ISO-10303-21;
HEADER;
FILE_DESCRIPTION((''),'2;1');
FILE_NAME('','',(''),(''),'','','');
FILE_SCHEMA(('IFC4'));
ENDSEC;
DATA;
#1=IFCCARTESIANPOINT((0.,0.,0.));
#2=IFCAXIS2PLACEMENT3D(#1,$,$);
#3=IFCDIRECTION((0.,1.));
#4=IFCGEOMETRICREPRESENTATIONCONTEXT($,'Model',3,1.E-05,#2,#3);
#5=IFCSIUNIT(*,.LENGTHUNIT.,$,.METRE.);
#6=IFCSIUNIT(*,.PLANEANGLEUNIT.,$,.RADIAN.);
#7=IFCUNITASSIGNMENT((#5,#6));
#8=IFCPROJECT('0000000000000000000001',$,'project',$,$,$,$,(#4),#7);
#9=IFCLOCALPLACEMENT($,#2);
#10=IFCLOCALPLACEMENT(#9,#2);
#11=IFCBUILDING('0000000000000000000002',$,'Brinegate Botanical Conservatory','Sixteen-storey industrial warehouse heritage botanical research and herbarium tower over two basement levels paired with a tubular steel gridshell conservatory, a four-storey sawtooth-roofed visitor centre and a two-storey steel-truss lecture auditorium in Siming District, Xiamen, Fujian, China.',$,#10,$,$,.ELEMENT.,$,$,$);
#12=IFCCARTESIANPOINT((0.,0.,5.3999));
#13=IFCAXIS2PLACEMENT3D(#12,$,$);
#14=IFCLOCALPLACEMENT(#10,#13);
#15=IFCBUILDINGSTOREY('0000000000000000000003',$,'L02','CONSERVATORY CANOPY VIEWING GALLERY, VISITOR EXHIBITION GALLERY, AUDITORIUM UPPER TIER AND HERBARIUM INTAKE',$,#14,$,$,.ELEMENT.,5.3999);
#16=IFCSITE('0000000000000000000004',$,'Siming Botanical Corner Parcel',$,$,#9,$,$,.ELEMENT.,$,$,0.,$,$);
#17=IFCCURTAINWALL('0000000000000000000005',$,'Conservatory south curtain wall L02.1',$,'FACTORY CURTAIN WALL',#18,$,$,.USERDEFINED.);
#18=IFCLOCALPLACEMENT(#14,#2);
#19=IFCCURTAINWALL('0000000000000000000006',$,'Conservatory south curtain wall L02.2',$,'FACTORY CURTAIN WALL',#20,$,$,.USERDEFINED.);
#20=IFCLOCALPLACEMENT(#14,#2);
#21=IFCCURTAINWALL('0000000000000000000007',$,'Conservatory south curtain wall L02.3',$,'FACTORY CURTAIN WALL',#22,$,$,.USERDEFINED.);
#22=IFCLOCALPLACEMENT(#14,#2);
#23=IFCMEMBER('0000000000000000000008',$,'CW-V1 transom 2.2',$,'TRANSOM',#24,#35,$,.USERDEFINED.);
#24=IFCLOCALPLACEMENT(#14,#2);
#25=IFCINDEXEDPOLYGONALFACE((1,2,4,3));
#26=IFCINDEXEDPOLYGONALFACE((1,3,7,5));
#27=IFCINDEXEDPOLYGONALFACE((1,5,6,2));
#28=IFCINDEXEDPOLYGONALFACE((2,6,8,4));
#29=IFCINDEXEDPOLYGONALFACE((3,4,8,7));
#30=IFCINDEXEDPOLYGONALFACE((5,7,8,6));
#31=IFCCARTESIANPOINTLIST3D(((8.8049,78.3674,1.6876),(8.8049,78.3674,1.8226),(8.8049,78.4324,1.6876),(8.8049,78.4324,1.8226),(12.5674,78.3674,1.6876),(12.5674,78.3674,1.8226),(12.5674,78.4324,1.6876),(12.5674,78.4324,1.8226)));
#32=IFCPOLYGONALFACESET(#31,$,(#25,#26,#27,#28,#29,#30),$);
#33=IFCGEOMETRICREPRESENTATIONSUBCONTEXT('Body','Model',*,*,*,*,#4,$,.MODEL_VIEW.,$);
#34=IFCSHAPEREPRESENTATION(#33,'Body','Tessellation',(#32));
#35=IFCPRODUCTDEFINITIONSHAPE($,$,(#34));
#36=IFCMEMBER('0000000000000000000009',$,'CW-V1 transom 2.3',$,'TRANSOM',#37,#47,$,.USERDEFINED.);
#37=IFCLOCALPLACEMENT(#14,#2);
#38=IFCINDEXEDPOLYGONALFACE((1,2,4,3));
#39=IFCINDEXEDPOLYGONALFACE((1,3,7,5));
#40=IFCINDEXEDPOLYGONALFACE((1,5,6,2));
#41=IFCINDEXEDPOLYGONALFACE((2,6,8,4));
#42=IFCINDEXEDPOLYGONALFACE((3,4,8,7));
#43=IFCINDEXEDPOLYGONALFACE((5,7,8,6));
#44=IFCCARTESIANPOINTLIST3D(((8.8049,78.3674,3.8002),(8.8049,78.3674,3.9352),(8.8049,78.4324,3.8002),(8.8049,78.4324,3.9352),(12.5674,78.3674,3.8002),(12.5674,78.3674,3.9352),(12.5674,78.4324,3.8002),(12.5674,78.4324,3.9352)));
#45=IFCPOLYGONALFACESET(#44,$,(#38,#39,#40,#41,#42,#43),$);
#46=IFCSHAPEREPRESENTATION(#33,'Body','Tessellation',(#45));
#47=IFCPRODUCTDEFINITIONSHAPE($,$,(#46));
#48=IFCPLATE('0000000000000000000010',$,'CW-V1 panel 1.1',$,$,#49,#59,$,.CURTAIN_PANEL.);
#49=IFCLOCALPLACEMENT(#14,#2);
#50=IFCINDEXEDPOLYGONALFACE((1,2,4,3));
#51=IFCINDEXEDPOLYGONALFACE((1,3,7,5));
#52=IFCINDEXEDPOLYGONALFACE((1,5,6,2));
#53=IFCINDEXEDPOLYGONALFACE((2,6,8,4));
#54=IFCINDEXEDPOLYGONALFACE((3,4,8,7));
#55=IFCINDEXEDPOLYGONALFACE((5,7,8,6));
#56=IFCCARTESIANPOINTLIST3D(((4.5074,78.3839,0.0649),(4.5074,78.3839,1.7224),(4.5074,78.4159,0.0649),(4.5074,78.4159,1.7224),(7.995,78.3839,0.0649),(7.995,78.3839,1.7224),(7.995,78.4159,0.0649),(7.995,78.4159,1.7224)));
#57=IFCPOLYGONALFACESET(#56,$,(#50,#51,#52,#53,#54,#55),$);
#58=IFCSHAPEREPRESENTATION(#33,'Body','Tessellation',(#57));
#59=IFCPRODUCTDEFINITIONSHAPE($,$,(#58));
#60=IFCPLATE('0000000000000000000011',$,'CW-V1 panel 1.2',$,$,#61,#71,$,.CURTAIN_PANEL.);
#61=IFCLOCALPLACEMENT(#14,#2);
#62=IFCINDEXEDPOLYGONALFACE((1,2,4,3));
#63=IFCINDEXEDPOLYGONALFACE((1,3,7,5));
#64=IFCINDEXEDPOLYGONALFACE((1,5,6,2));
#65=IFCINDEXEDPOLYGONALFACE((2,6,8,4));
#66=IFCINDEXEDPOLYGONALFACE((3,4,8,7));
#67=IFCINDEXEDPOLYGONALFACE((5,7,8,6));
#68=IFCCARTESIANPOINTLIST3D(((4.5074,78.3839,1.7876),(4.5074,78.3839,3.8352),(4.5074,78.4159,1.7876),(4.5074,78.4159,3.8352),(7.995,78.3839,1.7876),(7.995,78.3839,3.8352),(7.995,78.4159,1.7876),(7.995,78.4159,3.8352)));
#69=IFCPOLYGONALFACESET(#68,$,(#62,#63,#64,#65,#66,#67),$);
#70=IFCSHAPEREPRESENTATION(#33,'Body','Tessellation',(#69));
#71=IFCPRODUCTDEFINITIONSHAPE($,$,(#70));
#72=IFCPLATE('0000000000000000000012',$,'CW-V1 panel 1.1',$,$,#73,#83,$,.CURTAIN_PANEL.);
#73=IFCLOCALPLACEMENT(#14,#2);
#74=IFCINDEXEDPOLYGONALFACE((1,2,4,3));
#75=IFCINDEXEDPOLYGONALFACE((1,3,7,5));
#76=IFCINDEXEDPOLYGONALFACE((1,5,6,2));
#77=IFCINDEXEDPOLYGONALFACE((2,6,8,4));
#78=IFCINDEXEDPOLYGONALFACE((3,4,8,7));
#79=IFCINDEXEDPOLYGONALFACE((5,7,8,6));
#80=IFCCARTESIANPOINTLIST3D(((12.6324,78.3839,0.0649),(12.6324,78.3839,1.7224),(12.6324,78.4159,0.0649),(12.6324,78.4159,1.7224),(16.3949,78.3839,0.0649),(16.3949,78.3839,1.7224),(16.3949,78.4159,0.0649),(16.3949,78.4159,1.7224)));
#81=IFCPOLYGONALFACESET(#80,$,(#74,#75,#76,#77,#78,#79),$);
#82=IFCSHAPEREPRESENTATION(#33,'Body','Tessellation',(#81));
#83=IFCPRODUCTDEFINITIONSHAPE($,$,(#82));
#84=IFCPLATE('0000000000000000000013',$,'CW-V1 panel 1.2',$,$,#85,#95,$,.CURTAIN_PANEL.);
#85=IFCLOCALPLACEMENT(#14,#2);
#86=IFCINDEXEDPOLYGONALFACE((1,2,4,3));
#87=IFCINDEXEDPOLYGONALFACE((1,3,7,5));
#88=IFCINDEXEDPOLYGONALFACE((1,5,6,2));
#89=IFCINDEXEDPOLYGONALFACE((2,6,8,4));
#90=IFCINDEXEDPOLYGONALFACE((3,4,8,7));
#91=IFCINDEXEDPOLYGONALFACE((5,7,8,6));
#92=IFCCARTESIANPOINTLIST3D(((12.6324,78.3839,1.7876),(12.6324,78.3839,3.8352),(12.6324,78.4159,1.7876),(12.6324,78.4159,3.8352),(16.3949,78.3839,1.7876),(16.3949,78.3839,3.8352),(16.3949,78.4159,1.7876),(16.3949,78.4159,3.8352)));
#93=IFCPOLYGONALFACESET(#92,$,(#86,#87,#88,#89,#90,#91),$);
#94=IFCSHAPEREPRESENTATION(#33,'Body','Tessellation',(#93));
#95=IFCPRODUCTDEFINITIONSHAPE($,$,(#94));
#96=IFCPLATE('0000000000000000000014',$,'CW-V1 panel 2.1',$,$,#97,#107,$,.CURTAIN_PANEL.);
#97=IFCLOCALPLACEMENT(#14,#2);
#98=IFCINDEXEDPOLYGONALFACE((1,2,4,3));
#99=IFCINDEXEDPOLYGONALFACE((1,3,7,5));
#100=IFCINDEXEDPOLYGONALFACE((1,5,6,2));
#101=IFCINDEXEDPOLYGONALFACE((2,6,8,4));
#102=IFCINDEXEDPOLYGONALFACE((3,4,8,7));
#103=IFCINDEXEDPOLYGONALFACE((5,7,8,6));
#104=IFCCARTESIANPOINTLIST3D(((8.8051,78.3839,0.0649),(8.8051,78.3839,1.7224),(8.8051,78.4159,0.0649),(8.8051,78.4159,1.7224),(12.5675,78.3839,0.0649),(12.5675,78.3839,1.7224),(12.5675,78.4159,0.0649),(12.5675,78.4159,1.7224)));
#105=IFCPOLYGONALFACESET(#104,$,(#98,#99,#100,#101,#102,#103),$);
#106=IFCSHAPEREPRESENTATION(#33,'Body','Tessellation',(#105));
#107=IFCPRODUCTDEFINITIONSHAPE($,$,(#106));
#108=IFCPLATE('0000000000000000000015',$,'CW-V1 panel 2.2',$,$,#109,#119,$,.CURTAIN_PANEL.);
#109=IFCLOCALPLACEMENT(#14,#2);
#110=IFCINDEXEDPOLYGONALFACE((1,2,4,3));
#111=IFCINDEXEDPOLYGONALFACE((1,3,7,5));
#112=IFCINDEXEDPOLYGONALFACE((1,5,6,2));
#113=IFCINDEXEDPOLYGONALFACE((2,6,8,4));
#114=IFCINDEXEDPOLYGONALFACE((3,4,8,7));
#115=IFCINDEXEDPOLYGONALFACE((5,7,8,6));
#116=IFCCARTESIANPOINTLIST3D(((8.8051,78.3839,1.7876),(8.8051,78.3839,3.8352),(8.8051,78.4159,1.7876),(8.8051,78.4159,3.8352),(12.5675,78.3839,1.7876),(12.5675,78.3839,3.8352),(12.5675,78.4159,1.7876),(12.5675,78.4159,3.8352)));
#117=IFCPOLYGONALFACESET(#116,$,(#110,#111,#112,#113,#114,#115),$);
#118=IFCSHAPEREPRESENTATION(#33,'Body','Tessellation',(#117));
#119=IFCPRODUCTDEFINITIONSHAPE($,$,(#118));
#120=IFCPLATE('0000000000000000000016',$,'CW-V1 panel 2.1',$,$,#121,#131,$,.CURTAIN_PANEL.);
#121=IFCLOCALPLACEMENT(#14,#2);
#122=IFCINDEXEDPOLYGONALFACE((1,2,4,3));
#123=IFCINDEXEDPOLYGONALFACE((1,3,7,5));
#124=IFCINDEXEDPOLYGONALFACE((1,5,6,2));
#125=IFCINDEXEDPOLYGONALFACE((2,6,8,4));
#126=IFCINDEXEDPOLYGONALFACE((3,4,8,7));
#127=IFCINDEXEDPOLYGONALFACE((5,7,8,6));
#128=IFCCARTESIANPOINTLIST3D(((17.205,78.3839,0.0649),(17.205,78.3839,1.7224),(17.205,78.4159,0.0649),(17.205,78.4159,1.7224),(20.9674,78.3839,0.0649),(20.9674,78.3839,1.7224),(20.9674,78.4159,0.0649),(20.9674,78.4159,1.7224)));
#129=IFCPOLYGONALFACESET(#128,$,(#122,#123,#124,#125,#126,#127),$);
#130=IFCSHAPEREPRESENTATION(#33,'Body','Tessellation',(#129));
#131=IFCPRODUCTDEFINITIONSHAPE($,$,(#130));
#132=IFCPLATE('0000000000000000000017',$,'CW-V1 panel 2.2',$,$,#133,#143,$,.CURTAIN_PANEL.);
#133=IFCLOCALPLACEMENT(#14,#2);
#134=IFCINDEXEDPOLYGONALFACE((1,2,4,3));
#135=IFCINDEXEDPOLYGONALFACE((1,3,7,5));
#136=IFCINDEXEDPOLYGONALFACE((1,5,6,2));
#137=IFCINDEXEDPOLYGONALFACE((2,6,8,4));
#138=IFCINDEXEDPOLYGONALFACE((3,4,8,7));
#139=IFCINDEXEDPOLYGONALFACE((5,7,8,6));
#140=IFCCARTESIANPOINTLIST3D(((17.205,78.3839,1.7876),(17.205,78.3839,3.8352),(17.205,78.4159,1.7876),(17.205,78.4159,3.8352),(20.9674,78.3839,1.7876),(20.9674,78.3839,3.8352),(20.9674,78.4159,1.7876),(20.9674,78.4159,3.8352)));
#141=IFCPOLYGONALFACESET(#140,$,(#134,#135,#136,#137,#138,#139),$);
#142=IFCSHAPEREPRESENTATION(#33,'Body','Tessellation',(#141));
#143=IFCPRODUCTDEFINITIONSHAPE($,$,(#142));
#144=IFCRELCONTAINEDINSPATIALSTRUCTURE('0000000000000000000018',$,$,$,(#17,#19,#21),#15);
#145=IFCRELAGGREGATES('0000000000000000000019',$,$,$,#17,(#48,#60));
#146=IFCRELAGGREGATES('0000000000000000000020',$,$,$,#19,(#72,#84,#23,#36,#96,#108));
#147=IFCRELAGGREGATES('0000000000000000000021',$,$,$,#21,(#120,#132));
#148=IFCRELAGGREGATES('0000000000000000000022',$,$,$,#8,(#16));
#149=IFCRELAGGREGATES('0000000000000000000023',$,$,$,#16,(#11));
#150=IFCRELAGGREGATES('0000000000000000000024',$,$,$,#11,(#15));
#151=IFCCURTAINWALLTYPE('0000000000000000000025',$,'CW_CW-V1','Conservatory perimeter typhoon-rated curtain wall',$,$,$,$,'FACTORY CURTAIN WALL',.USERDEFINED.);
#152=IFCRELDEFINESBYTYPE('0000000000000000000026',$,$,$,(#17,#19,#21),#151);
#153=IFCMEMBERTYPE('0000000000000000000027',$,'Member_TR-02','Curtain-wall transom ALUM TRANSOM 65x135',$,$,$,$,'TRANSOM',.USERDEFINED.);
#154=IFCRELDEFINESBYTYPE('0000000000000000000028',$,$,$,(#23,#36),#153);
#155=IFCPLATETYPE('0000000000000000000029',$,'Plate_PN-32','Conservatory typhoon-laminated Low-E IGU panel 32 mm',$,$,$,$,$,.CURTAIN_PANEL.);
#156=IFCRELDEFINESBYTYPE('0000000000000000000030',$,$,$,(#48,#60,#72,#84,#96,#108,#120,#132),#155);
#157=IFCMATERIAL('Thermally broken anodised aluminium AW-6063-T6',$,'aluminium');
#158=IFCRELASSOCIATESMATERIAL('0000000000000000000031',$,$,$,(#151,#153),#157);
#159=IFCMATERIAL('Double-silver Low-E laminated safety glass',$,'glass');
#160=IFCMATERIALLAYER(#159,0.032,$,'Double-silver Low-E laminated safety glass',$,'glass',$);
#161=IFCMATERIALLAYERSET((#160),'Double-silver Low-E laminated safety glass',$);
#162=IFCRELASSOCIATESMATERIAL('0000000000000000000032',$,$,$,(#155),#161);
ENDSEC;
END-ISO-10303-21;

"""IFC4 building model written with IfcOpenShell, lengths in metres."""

from ifc_helpers import new_model, si_unit, direction, frame, origin, origin_2d, place, context, subcontext, project, spatial, rectangle, extrude, material, layer, layer_set, material_profile, profile_set, type_object, element, aggregate, save


model = new_model("IFC4")

# Units and contexts
model_context = context("Model", 3, precision=1e-05, world=origin(), true_north=direction((0.0, 1.0)))
body_context = subcontext(model_context, "Body", "Model", "MODEL_VIEW")
ifc_project = project(units=[si_unit("LENGTHUNIT", "METRE"), si_unit("PLANEANGLEUNIT", "RADIAN")], contexts=[model_context])

# Site, building, storey
site_placement = place(None, origin())
site = spatial("IfcSite", under=ifc_project, at=site_placement, Name="Siming Botanical Corner Parcel", CompositionType="ELEMENT", RefElevation=0.0)
building_placement = place(site_placement, origin())
building = spatial("IfcBuilding", under=site, at=building_placement, Name="Brinegate Botanical Conservatory", Description="Sixteen-storey industrial warehouse heritage botanical research and herbarium tower over two basement levels paired with a tubular steel gridshell conservatory, a four-storey sawtooth-roofed visitor centre and a two-storey steel-truss lecture auditorium in Siming District, Xiamen, Fujian, China.", CompositionType="ELEMENT")
storey_placement = place(building_placement, frame((0.0, 0.0, 5.3999)))
storey = spatial("IfcBuildingStorey", under=building, at=storey_placement, Name="L02", Description="CONSERVATORY CANOPY VIEWING GALLERY, VISITOR EXHIBITION GALLERY, AUDITORIUM UPPER TIER AND HERBARIUM INTAKE", CompositionType="ELEMENT", Elevation=5.3999)

# Curtain walls
ifc_material_1 = material(Name="Thermally broken anodised aluminium AW-6063-T6", Category="aluminium")
curtain_wall_type = type_object("IfcCurtainWallType", Name="CW_CW-V1", Description="Conservatory perimeter typhoon-rated curtain wall", ElementType="FACTORY CURTAIN WALL", PredefinedType="USERDEFINED", material=ifc_material_1)
curtain_wall_1_placement = place(storey_placement, origin())
curtain_wall_1 = element("IfcCurtainWall", 1, at=curtain_wall_1_placement, inside=storey, type_object=curtain_wall_type, Name="Conservatory south curtain wall L02.1", ObjectType="FACTORY CURTAIN WALL", PredefinedType="USERDEFINED")
curtain_wall_2_placement = place(storey_placement, origin())
curtain_wall_2 = element("IfcCurtainWall", 2, at=curtain_wall_2_placement, inside=storey, type_object=curtain_wall_type, Name="Conservatory south curtain wall L02.2", ObjectType="FACTORY CURTAIN WALL", PredefinedType="USERDEFINED")

# Curtain wall
curtain_wall_3_placement = place(storey_placement, origin())
curtain_wall_3 = element("IfcCurtainWall", 3, at=curtain_wall_3_placement, inside=storey, type_object=curtain_wall_type, Name="Conservatory south curtain wall L02.3", ObjectType="FACTORY CURTAIN WALL", PredefinedType="USERDEFINED")

# Members
ifc_material_profile_1 = material_profile(ifc_material_1, rectangle(XDim=0.0649, YDim=0.135, at=origin_2d()), Name="ALUM TRANSOM 65x135")
ifc_profile_set_1 = profile_set([ifc_material_profile_1], Name="Thermally broken anodised aluminium AW-6063-T6")
member_type_1 = type_object("IfcMemberType", Name="Member_TR-02", Description="Curtain-wall transom ALUM TRANSOM 65x135", ElementType="TRANSOM", PredefinedType="USERDEFINED", material=ifc_profile_set_1)
member_1_placement = place(storey_placement, frame((12.5674, 78.3999, 1.7551), z_axis=(-1.0, 0.0, 0.0), x_axis=(0.0, -1.0, 0.0)))
member_1 = element("IfcMember", 4, at=member_1_placement, type_object=member_type_1, Name="CW-V1 transom 2.2", ObjectType="TRANSOM", PredefinedType="USERDEFINED", context=body_context, shape_type="SweptSolid", body=[
    extrude(rectangle(XDim=0.0649, YDim=0.135, at=origin_2d()), origin(), (0.0, 0.0, 1.0), 3.7625),
])
member_2_placement = place(storey_placement, frame((12.5674, 78.3999, 3.8677), z_axis=(-1.0, 0.0, 0.0), x_axis=(0.0, -1.0, 0.0)))
member_2 = element("IfcMember", 5, at=member_2_placement, type_object=member_type_1, Name="CW-V1 transom 2.3", ObjectType="TRANSOM", PredefinedType="USERDEFINED", context=body_context, shape_type="SweptSolid", body=[
    extrude(rectangle(XDim=0.0649, YDim=0.135, at=origin_2d()), origin(), (0.0, 0.0, 1.0), 3.7625),
])

# Plates
ifc_material_2 = material(Name="Double-silver Low-E laminated safety glass", Category="glass")
ifc_layer = layer(ifc_material_2, 0.032, Name="Double-silver Low-E laminated safety glass", Category="glass")
ifc_layer_set = layer_set([ifc_layer], Name="Double-silver Low-E laminated safety glass")
plate_type = type_object("IfcPlateType", Name="Plate_PN-32", Description="Conservatory typhoon-laminated Low-E IGU panel 32 mm", PredefinedType="CURTAIN_PANEL", material=ifc_layer_set)
plate_1_placement = place(storey_placement, frame((6.2512, 78.3999, 0.0649), z_axis=(0.0, 0.0, 1.0), x_axis=(-1.0, 0.0, 0.0)))
plate_1 = element("IfcPlate", 6, at=plate_1_placement, type_object=plate_type, Name="CW-V1 panel 1.1", PredefinedType="CURTAIN_PANEL", context=body_context, shape_type="SweptSolid", body=[
    extrude(rectangle(XDim=3.4875, YDim=0.032, at=origin_2d()), origin(), (0.0, 0.0, 1.0), 1.6575),
])
plate_2_placement = place(storey_placement, frame((6.2512, 78.3999, 1.7876), z_axis=(0.0, 0.0, 1.0), x_axis=(-1.0, 0.0, 0.0)))
plate_2 = element("IfcPlate", 7, at=plate_2_placement, type_object=plate_type, Name="CW-V1 panel 1.2", PredefinedType="CURTAIN_PANEL", context=body_context, shape_type="SweptSolid", body=[
    extrude(rectangle(XDim=3.4875, YDim=0.032, at=origin_2d()), origin(), (0.0, 0.0, 1.0), 2.0476),
])
aggregate(curtain_wall_1, [plate_1, plate_2])
plate_3_placement = place(storey_placement, frame((14.5137, 78.3999, 0.0649), z_axis=(0.0, 0.0, 1.0), x_axis=(-1.0, 0.0, 0.0)))
plate_3 = element("IfcPlate", 8, at=plate_3_placement, type_object=plate_type, Name="CW-V1 panel 1.1", PredefinedType="CURTAIN_PANEL", context=body_context, shape_type="SweptSolid", body=[
    extrude(rectangle(XDim=3.7625, YDim=0.032, at=origin_2d()), origin(), (0.0, 0.0, 1.0), 1.6575),
])
plate_4_placement = place(storey_placement, frame((14.5137, 78.3999, 1.7876), z_axis=(0.0, 0.0, 1.0), x_axis=(-1.0, 0.0, 0.0)))
plate_4 = element("IfcPlate", 9, at=plate_4_placement, type_object=plate_type, Name="CW-V1 panel 1.2", PredefinedType="CURTAIN_PANEL", context=body_context, shape_type="SweptSolid", body=[
    extrude(rectangle(XDim=3.7625, YDim=0.032, at=origin_2d()), origin(), (0.0, 0.0, 1.0), 2.0476),
])
plate_5_placement = place(storey_placement, frame((10.6863, 78.3999, 0.0649), z_axis=(0.0, 0.0, 1.0), x_axis=(-1.0, 0.0, 0.0)))
plate_5 = element("IfcPlate", 10, at=plate_5_placement, type_object=plate_type, Name="CW-V1 panel 2.1", PredefinedType="CURTAIN_PANEL", context=body_context, shape_type="SweptSolid", body=[
    extrude(rectangle(XDim=3.7625, YDim=0.032, at=origin_2d()), origin(), (0.0, 0.0, 1.0), 1.6575),
])
plate_6_placement = place(storey_placement, frame((10.6863, 78.3999, 1.7876), z_axis=(0.0, 0.0, 1.0), x_axis=(-1.0, 0.0, 0.0)))
plate_6 = element("IfcPlate", 11, at=plate_6_placement, type_object=plate_type, Name="CW-V1 panel 2.2", PredefinedType="CURTAIN_PANEL", context=body_context, shape_type="SweptSolid", body=[
    extrude(rectangle(XDim=3.7625, YDim=0.032, at=origin_2d()), origin(), (0.0, 0.0, 1.0), 2.0476),
])
aggregate(curtain_wall_2, [plate_3, plate_4, member_1, member_2, plate_5, plate_6])
plate_7_placement = place(storey_placement, frame((19.0862, 78.3999, 0.0649), z_axis=(0.0, 0.0, 1.0), x_axis=(-1.0, 0.0, 0.0)))
plate_7 = element("IfcPlate", 12, at=plate_7_placement, type_object=plate_type, Name="CW-V1 panel 2.1", PredefinedType="CURTAIN_PANEL", context=body_context, shape_type="SweptSolid", body=[
    extrude(rectangle(XDim=3.7625, YDim=0.032, at=origin_2d()), origin(), (0.0, 0.0, 1.0), 1.6575),
])
plate_8_placement = place(storey_placement, frame((19.0862, 78.3999, 1.7876), z_axis=(0.0, 0.0, 1.0), x_axis=(-1.0, 0.0, 0.0)))
plate_8 = element("IfcPlate", 13, at=plate_8_placement, type_object=plate_type, Name="CW-V1 panel 2.2", PredefinedType="CURTAIN_PANEL", context=body_context, shape_type="SweptSolid", body=[
    extrude(rectangle(XDim=3.7625, YDim=0.032, at=origin_2d()), origin(), (0.0, 0.0, 1.0), 2.0476),
])
aggregate(curtain_wall_3, [plate_7, plate_8])

save(model, "model.ifc")
